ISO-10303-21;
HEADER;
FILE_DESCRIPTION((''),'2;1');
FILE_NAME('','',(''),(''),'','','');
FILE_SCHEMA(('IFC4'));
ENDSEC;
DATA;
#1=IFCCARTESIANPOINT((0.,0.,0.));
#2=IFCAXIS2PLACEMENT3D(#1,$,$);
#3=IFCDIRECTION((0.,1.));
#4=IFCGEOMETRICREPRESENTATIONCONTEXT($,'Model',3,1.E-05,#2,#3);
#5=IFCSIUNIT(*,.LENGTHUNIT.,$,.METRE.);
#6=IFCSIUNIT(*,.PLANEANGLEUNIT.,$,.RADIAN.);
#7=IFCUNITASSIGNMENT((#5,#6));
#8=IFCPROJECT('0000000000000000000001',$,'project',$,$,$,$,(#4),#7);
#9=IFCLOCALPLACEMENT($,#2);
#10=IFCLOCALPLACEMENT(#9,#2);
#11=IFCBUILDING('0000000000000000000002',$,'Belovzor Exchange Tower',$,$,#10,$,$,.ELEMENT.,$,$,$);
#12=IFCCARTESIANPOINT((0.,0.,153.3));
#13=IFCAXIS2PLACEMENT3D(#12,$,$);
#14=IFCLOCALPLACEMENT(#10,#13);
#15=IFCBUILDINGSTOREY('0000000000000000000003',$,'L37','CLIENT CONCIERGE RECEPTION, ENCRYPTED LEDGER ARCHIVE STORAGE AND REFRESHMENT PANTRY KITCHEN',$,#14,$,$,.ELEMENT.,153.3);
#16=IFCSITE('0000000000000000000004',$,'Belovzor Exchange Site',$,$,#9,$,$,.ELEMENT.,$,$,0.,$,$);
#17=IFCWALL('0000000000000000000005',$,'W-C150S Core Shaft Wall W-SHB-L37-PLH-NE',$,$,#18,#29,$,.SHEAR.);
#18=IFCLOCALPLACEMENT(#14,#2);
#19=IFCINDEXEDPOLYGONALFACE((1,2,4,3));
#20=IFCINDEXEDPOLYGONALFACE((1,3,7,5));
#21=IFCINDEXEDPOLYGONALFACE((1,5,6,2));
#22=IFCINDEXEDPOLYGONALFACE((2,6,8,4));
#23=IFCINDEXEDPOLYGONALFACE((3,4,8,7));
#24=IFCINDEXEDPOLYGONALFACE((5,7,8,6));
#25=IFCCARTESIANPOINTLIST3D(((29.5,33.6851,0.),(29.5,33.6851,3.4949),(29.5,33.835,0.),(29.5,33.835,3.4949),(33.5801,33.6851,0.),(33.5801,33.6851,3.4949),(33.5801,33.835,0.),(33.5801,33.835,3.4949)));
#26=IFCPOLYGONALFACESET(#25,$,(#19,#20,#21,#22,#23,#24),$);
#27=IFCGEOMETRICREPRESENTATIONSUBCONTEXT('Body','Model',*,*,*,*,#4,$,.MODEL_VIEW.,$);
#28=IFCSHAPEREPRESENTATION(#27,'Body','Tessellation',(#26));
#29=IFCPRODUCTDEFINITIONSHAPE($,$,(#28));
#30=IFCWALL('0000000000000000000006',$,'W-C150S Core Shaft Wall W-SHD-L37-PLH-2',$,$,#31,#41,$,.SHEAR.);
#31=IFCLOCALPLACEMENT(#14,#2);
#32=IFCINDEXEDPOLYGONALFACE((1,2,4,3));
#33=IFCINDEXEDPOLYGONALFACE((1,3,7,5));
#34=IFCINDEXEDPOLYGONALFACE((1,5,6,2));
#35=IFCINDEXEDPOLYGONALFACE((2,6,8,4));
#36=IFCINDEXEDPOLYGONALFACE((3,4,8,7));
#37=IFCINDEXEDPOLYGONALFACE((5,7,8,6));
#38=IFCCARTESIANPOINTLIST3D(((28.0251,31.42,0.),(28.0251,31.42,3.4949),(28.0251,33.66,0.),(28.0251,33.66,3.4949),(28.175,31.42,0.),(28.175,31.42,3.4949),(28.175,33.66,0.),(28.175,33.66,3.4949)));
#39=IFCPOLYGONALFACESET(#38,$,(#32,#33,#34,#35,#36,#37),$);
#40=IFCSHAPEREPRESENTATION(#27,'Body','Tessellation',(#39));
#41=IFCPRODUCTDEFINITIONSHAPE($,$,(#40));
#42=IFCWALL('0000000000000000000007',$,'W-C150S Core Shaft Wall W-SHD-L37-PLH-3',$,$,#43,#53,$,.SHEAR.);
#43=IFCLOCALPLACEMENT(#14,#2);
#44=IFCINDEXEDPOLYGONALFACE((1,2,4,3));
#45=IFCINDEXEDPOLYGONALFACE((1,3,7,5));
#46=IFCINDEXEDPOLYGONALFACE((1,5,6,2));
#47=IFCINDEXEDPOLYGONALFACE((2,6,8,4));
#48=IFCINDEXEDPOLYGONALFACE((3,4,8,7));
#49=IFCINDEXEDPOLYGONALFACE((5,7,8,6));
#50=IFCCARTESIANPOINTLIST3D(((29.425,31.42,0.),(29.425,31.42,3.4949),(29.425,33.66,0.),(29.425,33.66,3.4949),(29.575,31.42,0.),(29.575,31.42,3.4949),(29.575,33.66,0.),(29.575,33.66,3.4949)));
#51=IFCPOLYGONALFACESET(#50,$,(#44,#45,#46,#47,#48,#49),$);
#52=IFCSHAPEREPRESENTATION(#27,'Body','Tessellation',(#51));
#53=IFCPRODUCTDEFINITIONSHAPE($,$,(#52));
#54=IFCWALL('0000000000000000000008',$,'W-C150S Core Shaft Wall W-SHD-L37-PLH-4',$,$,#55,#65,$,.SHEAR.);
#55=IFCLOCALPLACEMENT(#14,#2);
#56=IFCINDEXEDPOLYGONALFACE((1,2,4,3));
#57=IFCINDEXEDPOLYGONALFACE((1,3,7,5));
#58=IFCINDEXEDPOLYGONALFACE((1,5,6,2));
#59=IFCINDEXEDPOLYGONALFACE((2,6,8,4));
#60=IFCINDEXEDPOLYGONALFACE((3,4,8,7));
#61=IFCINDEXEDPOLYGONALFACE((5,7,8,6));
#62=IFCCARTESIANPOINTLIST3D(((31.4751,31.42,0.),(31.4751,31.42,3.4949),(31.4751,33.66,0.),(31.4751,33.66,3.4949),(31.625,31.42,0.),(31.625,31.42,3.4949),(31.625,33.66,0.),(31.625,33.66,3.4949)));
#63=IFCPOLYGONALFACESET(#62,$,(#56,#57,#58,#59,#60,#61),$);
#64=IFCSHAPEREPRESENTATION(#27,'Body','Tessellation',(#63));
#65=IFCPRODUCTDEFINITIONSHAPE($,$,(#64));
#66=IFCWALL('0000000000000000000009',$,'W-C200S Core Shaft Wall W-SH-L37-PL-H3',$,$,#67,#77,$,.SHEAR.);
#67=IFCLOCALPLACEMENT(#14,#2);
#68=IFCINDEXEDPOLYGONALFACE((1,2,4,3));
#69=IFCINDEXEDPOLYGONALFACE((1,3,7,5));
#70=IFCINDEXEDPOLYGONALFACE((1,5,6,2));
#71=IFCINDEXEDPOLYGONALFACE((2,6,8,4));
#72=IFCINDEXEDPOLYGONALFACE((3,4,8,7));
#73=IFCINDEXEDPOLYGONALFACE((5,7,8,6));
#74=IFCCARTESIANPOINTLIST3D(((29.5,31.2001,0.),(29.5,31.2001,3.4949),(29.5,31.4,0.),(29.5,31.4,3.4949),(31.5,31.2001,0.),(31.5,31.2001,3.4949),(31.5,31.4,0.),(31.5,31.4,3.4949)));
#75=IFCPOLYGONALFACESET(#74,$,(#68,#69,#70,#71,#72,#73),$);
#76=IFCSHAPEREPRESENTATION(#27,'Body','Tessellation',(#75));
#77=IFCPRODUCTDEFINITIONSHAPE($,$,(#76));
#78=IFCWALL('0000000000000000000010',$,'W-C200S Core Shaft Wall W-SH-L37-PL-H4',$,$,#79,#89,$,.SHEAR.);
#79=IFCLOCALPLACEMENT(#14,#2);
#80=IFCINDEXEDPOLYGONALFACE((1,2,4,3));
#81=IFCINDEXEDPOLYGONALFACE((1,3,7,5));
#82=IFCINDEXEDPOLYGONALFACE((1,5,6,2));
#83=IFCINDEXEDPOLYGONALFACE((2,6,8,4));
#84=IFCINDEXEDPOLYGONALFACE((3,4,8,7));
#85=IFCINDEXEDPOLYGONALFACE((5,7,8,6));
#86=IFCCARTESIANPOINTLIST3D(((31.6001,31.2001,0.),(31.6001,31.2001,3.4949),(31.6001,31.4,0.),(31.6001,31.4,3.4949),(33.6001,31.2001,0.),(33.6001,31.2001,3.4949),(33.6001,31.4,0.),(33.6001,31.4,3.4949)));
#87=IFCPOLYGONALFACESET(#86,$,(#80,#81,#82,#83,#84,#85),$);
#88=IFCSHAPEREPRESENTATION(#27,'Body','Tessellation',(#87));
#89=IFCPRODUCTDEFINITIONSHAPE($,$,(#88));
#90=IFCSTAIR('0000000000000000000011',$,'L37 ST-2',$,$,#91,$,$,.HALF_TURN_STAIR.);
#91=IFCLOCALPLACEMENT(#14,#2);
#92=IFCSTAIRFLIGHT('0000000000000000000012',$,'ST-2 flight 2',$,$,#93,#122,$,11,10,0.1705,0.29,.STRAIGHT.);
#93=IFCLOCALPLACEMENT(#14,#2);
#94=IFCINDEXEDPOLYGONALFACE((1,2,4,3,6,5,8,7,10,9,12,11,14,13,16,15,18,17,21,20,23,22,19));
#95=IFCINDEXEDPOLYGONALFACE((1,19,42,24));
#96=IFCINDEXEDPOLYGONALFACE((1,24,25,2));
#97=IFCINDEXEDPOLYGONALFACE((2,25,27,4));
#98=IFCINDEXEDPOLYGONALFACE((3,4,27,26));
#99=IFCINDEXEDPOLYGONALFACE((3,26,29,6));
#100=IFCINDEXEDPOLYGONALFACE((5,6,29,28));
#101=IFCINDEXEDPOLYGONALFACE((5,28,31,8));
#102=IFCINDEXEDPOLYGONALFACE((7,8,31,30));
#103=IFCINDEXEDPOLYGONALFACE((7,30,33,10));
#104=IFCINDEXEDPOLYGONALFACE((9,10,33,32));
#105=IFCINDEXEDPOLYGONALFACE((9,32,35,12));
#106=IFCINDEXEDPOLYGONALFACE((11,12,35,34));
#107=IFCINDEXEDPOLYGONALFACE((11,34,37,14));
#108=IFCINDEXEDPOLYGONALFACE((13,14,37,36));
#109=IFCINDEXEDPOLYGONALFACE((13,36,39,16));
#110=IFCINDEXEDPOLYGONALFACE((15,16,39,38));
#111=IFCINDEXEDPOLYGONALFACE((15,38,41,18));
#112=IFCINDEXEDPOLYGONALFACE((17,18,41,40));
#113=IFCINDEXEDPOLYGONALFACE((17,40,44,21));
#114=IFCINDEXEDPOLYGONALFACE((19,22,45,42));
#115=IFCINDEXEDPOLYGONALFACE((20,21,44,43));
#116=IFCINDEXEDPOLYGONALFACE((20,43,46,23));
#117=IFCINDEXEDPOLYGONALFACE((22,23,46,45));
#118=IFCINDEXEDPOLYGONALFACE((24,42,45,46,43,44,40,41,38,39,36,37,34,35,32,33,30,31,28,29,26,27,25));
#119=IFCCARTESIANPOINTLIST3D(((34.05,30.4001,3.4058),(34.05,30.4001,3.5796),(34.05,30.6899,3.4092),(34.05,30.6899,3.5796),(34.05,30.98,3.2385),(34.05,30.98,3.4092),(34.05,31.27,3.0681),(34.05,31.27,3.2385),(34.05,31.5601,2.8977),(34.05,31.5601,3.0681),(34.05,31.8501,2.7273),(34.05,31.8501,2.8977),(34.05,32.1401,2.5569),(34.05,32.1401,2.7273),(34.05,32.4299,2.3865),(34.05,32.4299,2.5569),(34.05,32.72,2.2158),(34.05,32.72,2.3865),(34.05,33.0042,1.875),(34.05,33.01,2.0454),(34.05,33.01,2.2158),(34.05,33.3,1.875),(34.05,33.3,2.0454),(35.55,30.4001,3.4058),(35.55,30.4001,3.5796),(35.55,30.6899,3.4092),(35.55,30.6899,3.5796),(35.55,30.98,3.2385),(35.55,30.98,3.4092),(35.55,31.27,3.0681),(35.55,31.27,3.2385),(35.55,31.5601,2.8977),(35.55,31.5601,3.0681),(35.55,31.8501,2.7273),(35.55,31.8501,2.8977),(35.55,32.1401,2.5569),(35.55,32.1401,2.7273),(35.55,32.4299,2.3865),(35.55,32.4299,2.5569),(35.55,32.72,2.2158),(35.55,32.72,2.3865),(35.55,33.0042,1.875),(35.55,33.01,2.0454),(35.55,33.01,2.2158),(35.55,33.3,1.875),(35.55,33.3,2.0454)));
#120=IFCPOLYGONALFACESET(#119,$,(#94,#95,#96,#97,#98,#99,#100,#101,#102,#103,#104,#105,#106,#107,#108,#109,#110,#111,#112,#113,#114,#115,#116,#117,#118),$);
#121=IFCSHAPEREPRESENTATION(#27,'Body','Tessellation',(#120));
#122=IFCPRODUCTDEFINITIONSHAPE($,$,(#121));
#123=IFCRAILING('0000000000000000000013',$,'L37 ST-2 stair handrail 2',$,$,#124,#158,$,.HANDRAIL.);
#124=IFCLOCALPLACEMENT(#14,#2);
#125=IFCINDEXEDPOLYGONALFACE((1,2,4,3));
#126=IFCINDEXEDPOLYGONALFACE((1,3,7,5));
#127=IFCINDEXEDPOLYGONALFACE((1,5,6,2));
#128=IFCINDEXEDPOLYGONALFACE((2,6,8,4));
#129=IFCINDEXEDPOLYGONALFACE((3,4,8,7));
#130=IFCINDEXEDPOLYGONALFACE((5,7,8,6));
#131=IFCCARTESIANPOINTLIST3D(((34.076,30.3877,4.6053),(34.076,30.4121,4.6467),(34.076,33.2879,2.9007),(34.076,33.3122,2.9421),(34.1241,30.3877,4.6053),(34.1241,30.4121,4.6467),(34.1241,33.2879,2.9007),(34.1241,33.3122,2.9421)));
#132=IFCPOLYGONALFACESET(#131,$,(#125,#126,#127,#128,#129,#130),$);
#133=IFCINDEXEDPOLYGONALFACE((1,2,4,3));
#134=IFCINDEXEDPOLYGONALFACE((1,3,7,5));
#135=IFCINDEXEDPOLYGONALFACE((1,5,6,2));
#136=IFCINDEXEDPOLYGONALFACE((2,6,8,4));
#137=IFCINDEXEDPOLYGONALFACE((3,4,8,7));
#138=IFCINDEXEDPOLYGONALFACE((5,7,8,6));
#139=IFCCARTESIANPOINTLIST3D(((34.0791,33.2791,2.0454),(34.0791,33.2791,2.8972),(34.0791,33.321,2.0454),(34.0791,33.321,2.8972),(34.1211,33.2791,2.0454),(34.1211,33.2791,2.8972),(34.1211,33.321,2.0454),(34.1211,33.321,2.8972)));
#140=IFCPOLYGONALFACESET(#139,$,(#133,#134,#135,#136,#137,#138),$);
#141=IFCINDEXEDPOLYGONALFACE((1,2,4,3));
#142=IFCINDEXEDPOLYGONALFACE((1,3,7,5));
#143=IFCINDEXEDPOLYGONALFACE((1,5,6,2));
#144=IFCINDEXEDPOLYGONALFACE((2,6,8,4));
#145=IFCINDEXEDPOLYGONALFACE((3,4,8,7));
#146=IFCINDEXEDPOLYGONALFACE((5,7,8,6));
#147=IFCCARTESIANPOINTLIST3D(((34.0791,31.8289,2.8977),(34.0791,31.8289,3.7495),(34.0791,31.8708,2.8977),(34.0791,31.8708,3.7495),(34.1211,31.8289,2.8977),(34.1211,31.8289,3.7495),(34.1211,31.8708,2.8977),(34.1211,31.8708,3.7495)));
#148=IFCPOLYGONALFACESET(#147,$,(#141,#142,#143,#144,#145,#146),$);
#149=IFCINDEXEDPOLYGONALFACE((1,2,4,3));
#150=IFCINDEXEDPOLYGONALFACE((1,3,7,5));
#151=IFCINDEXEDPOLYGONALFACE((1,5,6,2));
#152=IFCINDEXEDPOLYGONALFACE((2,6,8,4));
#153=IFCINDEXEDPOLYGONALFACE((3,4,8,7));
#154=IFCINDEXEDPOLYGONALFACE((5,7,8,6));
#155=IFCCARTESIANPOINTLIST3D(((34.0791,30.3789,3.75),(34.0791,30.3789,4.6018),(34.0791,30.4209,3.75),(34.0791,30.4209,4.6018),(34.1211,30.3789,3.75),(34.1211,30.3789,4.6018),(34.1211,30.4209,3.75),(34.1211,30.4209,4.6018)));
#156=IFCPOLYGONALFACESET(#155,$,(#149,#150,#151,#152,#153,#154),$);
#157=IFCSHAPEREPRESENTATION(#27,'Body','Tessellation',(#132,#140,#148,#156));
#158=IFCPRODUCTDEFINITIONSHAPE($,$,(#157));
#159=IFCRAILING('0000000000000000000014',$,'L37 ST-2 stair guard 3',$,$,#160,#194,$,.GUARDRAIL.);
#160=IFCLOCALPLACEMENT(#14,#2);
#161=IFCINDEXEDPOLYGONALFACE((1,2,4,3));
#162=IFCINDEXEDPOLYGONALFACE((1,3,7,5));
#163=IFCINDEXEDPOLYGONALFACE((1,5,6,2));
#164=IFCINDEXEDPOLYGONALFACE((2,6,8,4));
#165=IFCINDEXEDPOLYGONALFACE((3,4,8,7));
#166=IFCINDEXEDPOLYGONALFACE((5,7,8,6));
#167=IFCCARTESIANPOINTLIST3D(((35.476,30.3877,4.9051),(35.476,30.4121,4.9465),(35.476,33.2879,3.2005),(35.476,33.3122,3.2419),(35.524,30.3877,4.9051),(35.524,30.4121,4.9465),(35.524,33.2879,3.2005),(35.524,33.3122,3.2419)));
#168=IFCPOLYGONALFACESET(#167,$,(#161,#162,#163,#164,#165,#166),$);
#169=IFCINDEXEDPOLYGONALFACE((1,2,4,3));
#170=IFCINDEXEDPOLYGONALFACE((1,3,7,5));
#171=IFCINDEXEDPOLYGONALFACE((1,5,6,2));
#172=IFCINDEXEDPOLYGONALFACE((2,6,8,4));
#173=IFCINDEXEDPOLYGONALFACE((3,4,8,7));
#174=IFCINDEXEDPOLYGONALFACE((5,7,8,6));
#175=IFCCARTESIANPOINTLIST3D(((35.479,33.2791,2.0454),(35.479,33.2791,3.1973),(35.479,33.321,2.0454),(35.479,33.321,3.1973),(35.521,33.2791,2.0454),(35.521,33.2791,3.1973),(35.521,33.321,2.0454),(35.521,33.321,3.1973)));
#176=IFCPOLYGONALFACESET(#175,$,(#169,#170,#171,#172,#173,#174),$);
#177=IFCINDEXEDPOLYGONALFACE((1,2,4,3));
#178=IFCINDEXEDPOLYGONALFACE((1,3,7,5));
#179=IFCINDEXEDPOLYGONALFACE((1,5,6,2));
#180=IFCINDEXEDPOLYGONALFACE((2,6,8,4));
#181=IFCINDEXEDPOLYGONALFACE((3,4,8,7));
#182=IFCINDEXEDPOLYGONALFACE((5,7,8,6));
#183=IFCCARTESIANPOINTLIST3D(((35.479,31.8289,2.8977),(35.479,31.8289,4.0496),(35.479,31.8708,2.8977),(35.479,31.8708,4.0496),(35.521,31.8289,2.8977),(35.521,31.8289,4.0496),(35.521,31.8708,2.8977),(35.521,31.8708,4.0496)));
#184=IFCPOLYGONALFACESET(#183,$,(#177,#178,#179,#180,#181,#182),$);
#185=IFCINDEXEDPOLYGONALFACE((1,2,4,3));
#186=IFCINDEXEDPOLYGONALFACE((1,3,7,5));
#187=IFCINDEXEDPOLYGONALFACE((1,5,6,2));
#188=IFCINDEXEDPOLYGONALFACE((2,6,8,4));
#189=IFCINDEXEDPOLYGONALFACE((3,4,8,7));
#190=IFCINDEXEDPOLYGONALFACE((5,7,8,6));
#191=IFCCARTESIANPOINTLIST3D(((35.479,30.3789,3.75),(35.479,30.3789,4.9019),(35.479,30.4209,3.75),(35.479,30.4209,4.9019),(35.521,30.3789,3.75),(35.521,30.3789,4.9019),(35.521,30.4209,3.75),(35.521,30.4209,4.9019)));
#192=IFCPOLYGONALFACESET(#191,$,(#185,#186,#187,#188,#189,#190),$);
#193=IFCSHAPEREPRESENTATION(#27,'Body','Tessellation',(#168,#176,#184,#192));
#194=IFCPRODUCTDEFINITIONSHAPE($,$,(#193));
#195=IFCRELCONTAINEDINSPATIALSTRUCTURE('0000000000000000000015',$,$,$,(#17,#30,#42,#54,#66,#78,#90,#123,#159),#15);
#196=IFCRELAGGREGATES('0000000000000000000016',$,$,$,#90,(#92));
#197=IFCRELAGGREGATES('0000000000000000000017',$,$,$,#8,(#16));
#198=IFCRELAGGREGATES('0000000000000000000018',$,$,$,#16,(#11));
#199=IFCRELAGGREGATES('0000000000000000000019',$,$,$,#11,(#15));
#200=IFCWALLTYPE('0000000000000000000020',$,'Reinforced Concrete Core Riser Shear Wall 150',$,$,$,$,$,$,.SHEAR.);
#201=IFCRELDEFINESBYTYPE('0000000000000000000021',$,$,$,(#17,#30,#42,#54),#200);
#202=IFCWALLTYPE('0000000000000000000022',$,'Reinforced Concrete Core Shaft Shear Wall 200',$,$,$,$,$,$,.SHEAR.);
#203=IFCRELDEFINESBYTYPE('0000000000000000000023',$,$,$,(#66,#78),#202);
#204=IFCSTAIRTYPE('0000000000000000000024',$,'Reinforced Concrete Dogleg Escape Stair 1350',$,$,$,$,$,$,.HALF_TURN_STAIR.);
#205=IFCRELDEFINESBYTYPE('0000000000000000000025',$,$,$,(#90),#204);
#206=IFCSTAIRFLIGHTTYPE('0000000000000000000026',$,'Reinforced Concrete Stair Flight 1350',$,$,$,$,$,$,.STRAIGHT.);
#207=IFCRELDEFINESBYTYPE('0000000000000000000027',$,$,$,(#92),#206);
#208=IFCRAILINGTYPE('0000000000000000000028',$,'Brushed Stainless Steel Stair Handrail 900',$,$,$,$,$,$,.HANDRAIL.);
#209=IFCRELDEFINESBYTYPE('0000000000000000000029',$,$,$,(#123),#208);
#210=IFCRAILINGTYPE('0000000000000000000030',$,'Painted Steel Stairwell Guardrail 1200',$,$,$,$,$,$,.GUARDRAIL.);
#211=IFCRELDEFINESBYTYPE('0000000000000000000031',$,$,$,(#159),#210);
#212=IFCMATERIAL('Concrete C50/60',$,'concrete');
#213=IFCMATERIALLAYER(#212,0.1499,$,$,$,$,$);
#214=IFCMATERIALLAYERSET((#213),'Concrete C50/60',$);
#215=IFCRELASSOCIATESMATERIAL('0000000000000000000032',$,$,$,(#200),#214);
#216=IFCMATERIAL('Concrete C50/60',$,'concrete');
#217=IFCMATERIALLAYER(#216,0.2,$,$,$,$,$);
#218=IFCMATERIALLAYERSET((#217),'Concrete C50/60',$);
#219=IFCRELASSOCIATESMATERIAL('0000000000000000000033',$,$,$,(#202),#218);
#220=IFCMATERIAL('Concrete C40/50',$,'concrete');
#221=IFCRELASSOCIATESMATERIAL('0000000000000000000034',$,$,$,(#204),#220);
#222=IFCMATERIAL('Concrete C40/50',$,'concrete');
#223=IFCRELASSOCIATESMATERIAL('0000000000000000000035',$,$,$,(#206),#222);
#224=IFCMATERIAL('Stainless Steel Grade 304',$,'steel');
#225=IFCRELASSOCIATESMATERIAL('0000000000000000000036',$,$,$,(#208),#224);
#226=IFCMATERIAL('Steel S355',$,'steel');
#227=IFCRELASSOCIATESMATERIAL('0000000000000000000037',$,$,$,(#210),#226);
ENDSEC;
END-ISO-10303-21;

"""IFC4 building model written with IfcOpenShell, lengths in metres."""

from ifc_helpers import new_model, si_unit, direction, frame, frame_2d, origin, origin_2d, place, context, subcontext, project, spatial, polyline, rectangle, outline, extrude, material, layer, layer_set, type_object, element, aggregate, save


model = new_model("IFC4")

# Units and contexts
model_context = context("Model", 3, precision=1e-05, world=origin(), true_north=direction((0.0, 1.0)))
body_context = subcontext(model_context, "Body", "Model", "MODEL_VIEW")
ifc_project = project(units=[si_unit("LENGTHUNIT", "METRE"), si_unit("PLANEANGLEUNIT", "RADIAN")], contexts=[model_context])

# Site, building, storey
site_placement = place(None, origin())
site = spatial("IfcSite", under=ifc_project, at=site_placement, Name="Belovzor Exchange Site", CompositionType="ELEMENT", RefElevation=0.0)
building_placement = place(site_placement, origin())
building = spatial("IfcBuilding", under=site, at=building_placement, Name="Belovzor Exchange Tower", CompositionType="ELEMENT")
storey_placement = place(building_placement, frame((0.0, 0.0, 153.3)))
storey = spatial("IfcBuildingStorey", under=building, at=storey_placement, Name="L37", Description="CLIENT CONCIERGE RECEPTION, ENCRYPTED LEDGER ARCHIVE STORAGE AND REFRESHMENT PANTRY KITCHEN", CompositionType="ELEMENT", Elevation=153.3)

# Walls
ifc_material_1 = material(Name="Concrete C50/60", Category="concrete")
ifc_layer_1 = layer(ifc_material_1, 0.1499)
ifc_layer_set_1 = layer_set([ifc_layer_1], Name="Concrete C50/60")
wall_type_1 = type_object("IfcWallType", Name="Reinforced Concrete Core Riser Shear Wall 150", PredefinedType="SHEAR", material=ifc_layer_set_1)
wall_1_placement = place(storey_placement, frame((29.5, 33.76, 0.0), z_axis=(0.0, 0.0, 1.0), x_axis=(1.0, 0.0, 0.0)))
element("IfcWall", 1, at=wall_1_placement, inside=storey, type_object=wall_type_1, Name="W-C150S Core Shaft Wall W-SHB-L37-PLH-NE", PredefinedType="SHEAR", context=body_context, shape_type="SweptSolid", body=[
    extrude(rectangle(XDim=4.0801, YDim=0.1499, at=frame_2d((2.04, 0.0))), origin(), (0.0, 0.0, 1.0), 3.4949),
])
for number, where, z_axis, x_axis, name in (
    (2, (28.1001, 31.4199, 0.0), (0.0, 0.0, 1.0), (0.0, 1.0, 0.0), "W-C150S Core Shaft Wall W-SHD-L37-PLH-2"),
    (3, (29.5, 31.4199, 0.0), (0.0, 0.0, 1.0), (0.0, 1.0, 0.0), "W-C150S Core Shaft Wall W-SHD-L37-PLH-3"),
    (4, (31.55, 31.4199, 0.0), (0.0, 0.0, 1.0), (0.0, 1.0, 0.0), "W-C150S Core Shaft Wall W-SHD-L37-PLH-4"),
):
    element("IfcWall", number, at=place(storey_placement, frame(where, z_axis=z_axis, x_axis=x_axis)), inside=storey, type_object=wall_type_1, Name=name, PredefinedType="SHEAR", context=body_context, shape_type="SweptSolid", body=[
        extrude(rectangle(XDim=2.24, YDim=0.1499, at=frame_2d((1.1201, 0.0))), origin(), (0.0, 0.0, 1.0), 3.4949),
    ])
ifc_material_2 = material(Name="Concrete C50/60", Category="concrete")
ifc_layer_2 = layer(ifc_material_2, 0.2)
ifc_layer_set_2 = layer_set([ifc_layer_2], Name="Concrete C50/60")
wall_type_2 = type_object("IfcWallType", Name="Reinforced Concrete Core Shaft Shear Wall 200", PredefinedType="SHEAR", material=ifc_layer_set_2)
for number, where, z_axis, x_axis, name in (
    (5, (29.5, 31.3, 0.0), (0.0, 0.0, 1.0), (1.0, 0.0, 0.0), "W-C200S Core Shaft Wall W-SH-L37-PL-H3"),
    (6, (31.6001, 31.3, 0.0), (0.0, 0.0, 1.0), (1.0, 0.0, 0.0), "W-C200S Core Shaft Wall W-SH-L37-PL-H4"),
):
    element("IfcWall", number, at=place(storey_placement, frame(where, z_axis=z_axis, x_axis=x_axis)), inside=storey, type_object=wall_type_2, Name=name, PredefinedType="SHEAR", context=body_context, shape_type="SweptSolid", body=[
        extrude(rectangle(XDim=2.0, YDim=0.2, at=frame_2d((1.0, 0.0))), origin(), (0.0, 0.0, 1.0), 3.4949),
    ])

# Stair, stair flight
ifc_material_3 = material(Name="Concrete C40/50", Category="concrete")
stair_type = type_object("IfcStairType", Name="Reinforced Concrete Dogleg Escape Stair 1350", PredefinedType="HALF_TURN_STAIR", material=ifc_material_3)
stair_placement = place(storey_placement, origin())
stair = element("IfcStair", 7, at=stair_placement, inside=storey, type_object=stair_type, Name="L37 ST-2", PredefinedType="HALF_TURN_STAIR")
ifc_material_4 = material(Name="Concrete C40/50", Category="concrete")
stair_flight_type = type_object("IfcStairFlightType", Name="Reinforced Concrete Stair Flight 1350", PredefinedType="STRAIGHT", material=ifc_material_4)
stair_flight_placement = place(storey_placement, frame((34.8, 33.3, 1.875), z_axis=(0.0, 0.0, 1.0), x_axis=(0.0, -1.0, 0.0)))
stair_flight = element("IfcStairFlight", 8, at=stair_flight_placement, type_object=stair_flight_type, Name="ST-2 flight 2", NumberOfRisers=11, NumberOfTreads=10, PredefinedType="STRAIGHT", RiserHeight=0.1705, TreadLength=0.29, context=body_context, shape_type="SweptSolid", body=[
    extrude(outline(polyline([(0.0, 0.0), (0.0, 0.1704), (0.29, 0.1704), (0.29, 0.3408), (0.5801, 0.3408), (0.5801, 0.5115), (0.8701, 0.5115), (0.8701, 0.6819), (1.1599, 0.6819), (1.1599, 0.8523), (1.45, 0.8523), (1.45, 1.0227), (1.74, 1.0227), (1.74, 1.1931), (2.03, 1.1931), (2.03, 1.3635), (2.3201, 1.3635), (2.3201, 1.5342), (2.6101, 1.5342), (2.6101, 1.7046), (2.8999, 1.7046), (2.8999, 1.875), (2.8999, 1.5308), (0.2959, 0.0), (0.0, 0.0)])), frame((0.0, 0.75, 0.0), z_axis=(0.0, -1.0, 0.0), x_axis=(1.0, 0.0, 0.0)), (0.0, 0.0, 1.0), 1.5),
])
aggregate(stair, [stair_flight])

# Railings
ifc_material_5 = material(Name="Stainless Steel Grade 304", Category="steel")
railing_type_1 = type_object("IfcRailingType", Name="Brushed Stainless Steel Stair Handrail 900", PredefinedType="HANDRAIL", material=ifc_material_5)
railing_1_placement = place(storey_placement, frame((34.1001, 33.3, 2.0454)))
element("IfcRailing", 9, at=railing_1_placement, inside=storey, type_object=railing_type_1, Name="L37 ST-2 stair handrail 2", PredefinedType="HANDRAIL", context=body_context, shape_type="SweptSolid", body=[
    extrude(rectangle(XDim=0.0481, YDim=0.0481, at=origin_2d()), frame((0.0, 0.0, 0.876), z_axis=(0.0, -0.862113, 0.506716), x_axis=(1.0, 0.0, 0.0)), (0.0, 0.0, 1.0), 3.364),
    extrude(rectangle(XDim=0.042, YDim=0.042, at=origin_2d()), origin(), (0.0, 0.0, 1.0), 0.8518),
    extrude(rectangle(XDim=0.042, YDim=0.042, at=origin_2d()), frame((0.0, -1.4502, 0.8523)), (0.0, 0.0, 1.0), 0.8518),
    extrude(rectangle(XDim=0.042, YDim=0.042, at=origin_2d()), frame((0.0, -2.9001, 1.7046)), (0.0, 0.0, 1.0), 0.8518),
])
ifc_material_6 = material(Name="Steel S355", Category="steel")
railing_type_2 = type_object("IfcRailingType", Name="Painted Steel Stairwell Guardrail 1200", PredefinedType="GUARDRAIL", material=ifc_material_6)
railing_2_placement = place(storey_placement, frame((35.5, 33.3, 2.0454)))
element("IfcRailing", 10, at=railing_2_placement, inside=storey, type_object=railing_type_2, Name="L37 ST-2 stair guard 3", PredefinedType="GUARDRAIL", context=body_context, shape_type="SweptSolid", body=[
    extrude(rectangle(XDim=0.0481, YDim=0.0481, at=origin_2d()), frame((0.0, 0.0, 1.1758), z_axis=(0.0, -0.862113, 0.506716), x_axis=(1.0, 0.0, 0.0)), (0.0, 0.0, 1.0), 3.364),
    extrude(rectangle(XDim=0.042, YDim=0.042, at=origin_2d()), origin(), (0.0, 0.0, 1.0), 1.1519),
    extrude(rectangle(XDim=0.042, YDim=0.042, at=origin_2d()), frame((0.0, -1.4502, 0.8523)), (0.0, 0.0, 1.0), 1.1519),
    extrude(rectangle(XDim=0.042, YDim=0.042, at=origin_2d()), frame((0.0, -2.9001, 1.7046)), (0.0, 0.0, 1.0), 1.1519),
])

save(model, "model.ifc")
